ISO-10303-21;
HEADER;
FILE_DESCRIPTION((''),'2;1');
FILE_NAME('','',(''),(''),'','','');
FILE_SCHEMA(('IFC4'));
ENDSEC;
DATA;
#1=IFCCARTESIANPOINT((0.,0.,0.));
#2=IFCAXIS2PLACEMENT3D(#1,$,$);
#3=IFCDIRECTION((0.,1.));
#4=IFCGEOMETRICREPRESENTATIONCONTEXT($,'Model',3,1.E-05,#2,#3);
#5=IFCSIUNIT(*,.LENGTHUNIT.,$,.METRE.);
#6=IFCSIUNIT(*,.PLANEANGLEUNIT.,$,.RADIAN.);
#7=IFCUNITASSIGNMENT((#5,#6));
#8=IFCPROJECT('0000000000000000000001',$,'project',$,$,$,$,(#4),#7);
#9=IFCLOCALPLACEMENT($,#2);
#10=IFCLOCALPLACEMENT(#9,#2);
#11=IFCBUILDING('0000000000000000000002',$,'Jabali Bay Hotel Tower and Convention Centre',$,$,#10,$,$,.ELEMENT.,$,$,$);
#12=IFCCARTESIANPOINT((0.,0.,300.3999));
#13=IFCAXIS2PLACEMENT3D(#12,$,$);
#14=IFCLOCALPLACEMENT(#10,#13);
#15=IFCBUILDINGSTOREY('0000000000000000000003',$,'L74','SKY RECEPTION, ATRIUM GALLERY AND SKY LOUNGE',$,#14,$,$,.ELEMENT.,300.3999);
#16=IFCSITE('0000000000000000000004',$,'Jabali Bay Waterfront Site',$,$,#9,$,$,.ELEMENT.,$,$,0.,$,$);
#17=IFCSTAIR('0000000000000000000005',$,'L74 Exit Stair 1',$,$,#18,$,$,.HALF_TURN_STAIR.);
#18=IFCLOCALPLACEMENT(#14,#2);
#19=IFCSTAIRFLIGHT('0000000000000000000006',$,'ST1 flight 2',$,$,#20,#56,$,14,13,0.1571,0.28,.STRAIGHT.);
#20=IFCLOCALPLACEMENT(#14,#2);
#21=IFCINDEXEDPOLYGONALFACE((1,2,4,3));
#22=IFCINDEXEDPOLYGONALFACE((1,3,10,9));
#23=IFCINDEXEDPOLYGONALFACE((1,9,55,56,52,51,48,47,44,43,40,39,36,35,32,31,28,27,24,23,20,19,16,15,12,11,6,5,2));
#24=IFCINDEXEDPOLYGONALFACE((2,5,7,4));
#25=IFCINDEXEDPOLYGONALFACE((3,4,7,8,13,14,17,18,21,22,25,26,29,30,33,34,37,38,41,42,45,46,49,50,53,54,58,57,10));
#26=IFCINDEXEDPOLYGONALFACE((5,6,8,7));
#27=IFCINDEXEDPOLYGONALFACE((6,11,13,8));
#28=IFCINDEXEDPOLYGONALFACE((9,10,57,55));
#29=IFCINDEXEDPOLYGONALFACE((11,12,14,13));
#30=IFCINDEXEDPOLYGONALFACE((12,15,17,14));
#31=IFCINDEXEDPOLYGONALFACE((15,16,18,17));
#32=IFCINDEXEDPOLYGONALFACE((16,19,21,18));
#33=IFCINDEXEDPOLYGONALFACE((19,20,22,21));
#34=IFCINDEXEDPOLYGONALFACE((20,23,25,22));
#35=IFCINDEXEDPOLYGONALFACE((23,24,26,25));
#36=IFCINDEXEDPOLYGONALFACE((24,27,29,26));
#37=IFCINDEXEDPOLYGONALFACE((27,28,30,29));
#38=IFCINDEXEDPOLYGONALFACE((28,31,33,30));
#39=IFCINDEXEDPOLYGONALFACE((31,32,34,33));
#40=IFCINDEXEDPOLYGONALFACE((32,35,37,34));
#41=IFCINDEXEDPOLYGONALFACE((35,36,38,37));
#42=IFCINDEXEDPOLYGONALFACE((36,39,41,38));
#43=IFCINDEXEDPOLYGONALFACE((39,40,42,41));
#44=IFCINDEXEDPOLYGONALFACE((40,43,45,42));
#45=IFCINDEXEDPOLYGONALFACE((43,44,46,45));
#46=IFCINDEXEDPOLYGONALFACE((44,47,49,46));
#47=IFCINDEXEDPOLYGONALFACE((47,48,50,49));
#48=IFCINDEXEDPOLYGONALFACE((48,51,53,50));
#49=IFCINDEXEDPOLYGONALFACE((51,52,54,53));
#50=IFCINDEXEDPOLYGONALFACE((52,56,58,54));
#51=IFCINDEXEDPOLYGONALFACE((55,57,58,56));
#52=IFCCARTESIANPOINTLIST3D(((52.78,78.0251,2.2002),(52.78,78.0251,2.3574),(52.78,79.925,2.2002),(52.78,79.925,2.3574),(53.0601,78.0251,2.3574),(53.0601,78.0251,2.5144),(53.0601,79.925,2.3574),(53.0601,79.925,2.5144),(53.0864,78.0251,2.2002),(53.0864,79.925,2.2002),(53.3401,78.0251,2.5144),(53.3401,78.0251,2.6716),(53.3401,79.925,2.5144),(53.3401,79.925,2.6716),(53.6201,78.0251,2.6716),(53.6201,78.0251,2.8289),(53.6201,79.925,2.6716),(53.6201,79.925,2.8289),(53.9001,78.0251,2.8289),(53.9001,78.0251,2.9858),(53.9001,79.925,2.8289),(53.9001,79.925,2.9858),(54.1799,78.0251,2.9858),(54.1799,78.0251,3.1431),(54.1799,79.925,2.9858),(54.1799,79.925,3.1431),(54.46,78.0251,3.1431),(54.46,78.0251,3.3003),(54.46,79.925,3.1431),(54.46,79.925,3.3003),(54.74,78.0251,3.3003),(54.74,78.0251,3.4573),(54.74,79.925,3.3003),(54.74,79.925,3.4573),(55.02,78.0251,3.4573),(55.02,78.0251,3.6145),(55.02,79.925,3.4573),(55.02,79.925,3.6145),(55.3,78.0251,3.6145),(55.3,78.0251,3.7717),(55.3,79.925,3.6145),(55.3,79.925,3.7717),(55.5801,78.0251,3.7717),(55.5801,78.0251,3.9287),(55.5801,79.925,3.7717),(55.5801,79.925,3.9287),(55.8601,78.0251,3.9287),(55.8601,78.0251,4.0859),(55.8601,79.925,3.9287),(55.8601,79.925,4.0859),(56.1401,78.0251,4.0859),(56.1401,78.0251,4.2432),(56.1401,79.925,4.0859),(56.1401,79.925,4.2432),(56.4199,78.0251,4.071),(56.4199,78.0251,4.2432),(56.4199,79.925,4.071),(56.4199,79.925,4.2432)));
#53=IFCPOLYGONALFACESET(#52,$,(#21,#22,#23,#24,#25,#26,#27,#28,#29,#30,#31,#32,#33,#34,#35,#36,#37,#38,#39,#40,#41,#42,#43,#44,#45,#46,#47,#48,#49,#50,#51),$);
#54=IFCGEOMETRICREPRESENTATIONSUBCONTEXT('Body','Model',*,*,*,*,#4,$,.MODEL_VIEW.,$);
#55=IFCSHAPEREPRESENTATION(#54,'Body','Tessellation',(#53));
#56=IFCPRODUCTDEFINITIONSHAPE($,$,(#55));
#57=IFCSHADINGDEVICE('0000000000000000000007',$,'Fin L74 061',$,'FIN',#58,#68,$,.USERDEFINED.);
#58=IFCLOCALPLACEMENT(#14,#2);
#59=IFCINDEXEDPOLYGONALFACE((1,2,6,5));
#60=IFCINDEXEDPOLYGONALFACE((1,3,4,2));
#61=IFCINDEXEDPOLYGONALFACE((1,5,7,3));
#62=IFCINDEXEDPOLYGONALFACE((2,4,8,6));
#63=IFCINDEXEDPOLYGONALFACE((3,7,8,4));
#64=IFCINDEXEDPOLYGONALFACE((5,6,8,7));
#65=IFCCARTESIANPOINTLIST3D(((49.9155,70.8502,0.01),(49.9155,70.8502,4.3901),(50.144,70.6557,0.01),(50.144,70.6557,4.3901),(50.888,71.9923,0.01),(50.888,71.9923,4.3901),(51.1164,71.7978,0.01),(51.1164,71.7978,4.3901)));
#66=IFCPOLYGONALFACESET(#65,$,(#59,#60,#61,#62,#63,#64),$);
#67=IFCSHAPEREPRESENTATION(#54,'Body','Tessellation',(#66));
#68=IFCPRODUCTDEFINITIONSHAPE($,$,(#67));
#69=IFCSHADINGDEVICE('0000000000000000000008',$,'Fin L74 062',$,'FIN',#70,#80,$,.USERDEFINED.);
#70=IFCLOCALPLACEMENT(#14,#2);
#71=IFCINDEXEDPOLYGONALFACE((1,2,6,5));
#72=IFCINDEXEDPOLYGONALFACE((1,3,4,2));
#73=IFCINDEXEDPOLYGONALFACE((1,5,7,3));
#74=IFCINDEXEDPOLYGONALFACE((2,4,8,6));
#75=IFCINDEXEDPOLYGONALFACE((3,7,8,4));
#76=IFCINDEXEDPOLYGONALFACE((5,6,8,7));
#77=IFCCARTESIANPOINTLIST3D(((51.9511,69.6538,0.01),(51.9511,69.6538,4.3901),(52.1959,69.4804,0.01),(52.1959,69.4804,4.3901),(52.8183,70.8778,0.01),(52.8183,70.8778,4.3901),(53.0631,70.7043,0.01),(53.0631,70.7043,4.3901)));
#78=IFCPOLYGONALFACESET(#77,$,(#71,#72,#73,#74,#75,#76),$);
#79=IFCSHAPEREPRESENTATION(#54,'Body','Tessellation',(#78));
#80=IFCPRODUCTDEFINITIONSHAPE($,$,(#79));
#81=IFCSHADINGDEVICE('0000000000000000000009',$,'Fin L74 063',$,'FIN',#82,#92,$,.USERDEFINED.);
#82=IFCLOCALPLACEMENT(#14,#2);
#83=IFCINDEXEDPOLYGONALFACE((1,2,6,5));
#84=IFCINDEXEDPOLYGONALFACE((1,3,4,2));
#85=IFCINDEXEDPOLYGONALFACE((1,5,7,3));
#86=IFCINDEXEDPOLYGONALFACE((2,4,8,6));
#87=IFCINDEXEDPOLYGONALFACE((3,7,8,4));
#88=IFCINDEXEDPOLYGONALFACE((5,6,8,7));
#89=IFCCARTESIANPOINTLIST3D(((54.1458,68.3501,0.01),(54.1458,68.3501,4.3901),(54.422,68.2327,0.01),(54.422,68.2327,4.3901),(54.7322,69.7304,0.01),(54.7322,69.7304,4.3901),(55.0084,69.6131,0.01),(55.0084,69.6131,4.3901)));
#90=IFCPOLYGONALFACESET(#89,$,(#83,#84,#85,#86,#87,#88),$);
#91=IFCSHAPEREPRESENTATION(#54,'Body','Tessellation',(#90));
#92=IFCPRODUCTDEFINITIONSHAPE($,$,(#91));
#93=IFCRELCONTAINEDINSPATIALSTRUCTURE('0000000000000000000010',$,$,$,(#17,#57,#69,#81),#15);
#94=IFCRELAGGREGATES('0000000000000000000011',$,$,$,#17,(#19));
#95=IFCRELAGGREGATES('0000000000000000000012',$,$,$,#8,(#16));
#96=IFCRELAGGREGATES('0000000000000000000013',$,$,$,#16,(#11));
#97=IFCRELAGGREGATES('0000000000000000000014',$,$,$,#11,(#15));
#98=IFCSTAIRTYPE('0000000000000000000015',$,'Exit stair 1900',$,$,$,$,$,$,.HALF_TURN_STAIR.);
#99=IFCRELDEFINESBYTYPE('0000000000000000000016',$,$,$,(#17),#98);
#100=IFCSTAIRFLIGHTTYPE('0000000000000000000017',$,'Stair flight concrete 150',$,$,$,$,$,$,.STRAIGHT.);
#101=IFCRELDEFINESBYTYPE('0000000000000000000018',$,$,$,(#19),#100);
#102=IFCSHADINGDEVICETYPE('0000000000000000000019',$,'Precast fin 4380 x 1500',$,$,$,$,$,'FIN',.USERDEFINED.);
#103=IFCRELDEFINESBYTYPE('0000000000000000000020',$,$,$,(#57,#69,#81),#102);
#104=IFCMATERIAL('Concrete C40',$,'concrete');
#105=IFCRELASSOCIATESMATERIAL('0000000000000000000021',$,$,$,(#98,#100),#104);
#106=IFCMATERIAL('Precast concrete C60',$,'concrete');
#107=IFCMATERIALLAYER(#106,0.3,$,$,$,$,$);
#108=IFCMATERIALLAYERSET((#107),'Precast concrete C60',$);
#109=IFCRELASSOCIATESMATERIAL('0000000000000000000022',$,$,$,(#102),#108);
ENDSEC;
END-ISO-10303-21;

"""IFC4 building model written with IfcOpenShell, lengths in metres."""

from ifc_helpers import new_model, si_unit, direction, frame, frame_2d, origin, place, context, subcontext, project, spatial, polyline, rectangle, outline, extrude, material, layer, layer_set, type_object, element, aggregate, save


model = new_model("IFC4")

# Units and contexts
model_context = context("Model", 3, precision=1e-05, world=origin(), true_north=direction((0.0, 1.0)))
body_context = subcontext(model_context, "Body", "Model", "MODEL_VIEW")
ifc_project = project(units=[si_unit("LENGTHUNIT", "METRE"), si_unit("PLANEANGLEUNIT", "RADIAN")], contexts=[model_context])

# Site, building, storey
site_placement = place(None, origin())
site = spatial("IfcSite", under=ifc_project, at=site_placement, Name="Jabali Bay Waterfront Site", CompositionType="ELEMENT", RefElevation=0.0)
building_placement = place(site_placement, origin())
building = spatial("IfcBuilding", under=site, at=building_placement, Name="Jabali Bay Hotel Tower and Convention Centre", CompositionType="ELEMENT")
storey_placement = place(building_placement, frame((0.0, 0.0, 300.3999)))
storey = spatial("IfcBuildingStorey", under=building, at=storey_placement, Name="L74", Description="SKY RECEPTION, ATRIUM GALLERY AND SKY LOUNGE", CompositionType="ELEMENT", Elevation=300.3999)

# Shared definitions
ifc_material_1 = material(Name="Concrete C40", Category="concrete")

# Stair, stair flight
stair_type = type_object("IfcStairType", Name="Exit stair 1900", PredefinedType="HALF_TURN_STAIR", material=ifc_material_1)
stair_placement = place(storey_placement, origin())
stair = element("IfcStair", 1, at=stair_placement, inside=storey, type_object=stair_type, Name="L74 Exit Stair 1", PredefinedType="HALF_TURN_STAIR")
stair_flight_type = type_object("IfcStairFlightType", Name="Stair flight concrete 150", PredefinedType="STRAIGHT", material=ifc_material_1)
stair_flight_placement = place(storey_placement, frame((52.78, 78.9751, 2.2002), z_axis=(0.0, 0.0, 1.0), x_axis=(1.0, 0.0, 0.0)))
stair_flight = element("IfcStairFlight", 2, at=stair_flight_placement, type_object=stair_flight_type, Name="ST1 flight 2", NumberOfRisers=14, NumberOfTreads=13, PredefinedType="STRAIGHT", RiserHeight=0.1571, TreadLength=0.28, context=body_context, shape_type="SweptSolid", body=[
    extrude(outline(polyline([(0.0, 0.0), (0.0, 0.1572), (0.28, 0.1572), (0.28, 0.3142), (0.5601, 0.3142), (0.5601, 0.4714), (0.8401, 0.4714), (0.8401, 0.6287), (1.1201, 0.6287), (1.1201, 0.7856), (1.3999, 0.7856), (1.3999, 0.9429), (1.6799, 0.9429), (1.6799, 1.1001), (1.96, 1.1001), (1.96, 1.2571), (2.24, 1.2571), (2.24, 1.4143), (2.52, 1.4143), (2.52, 1.5715), (2.8, 1.5715), (2.8, 1.7285), (3.0801, 1.7285), (3.0801, 1.8857), (3.3601, 1.8857), (3.3601, 2.043), (3.6399, 2.043), (3.6399, 2.2), (3.6399, 1.8708), (0.3064, 0.0), (0.0, 0.0)])), frame((0.0, 0.95, 0.0), z_axis=(0.0, -1.0, 0.0), x_axis=(1.0, 0.0, 0.0)), (0.0, 0.0, 1.0), 1.8999),
])
aggregate(stair, [stair_flight])

# Shading devices
ifc_material_2 = material(Name="Precast concrete C60", Category="concrete")
ifc_layer_1 = layer(ifc_material_2, 0.3)
ifc_layer_set_1 = layer_set([ifc_layer_1], Name="Precast concrete C60")
shading_device_type = type_object("IfcShadingDeviceType", Name="Precast fin 4380 x 1500", ElementType="FIN", PredefinedType="USERDEFINED", material=ifc_layer_set_1)
for number, where, z_axis, x_axis, name in (
    (3, (51.0022, 71.895, 0.01), (0.0, 0.0, 1.0), (-0.648281, -0.761401, 0.0), "Fin L74 061"),
    (4, (52.9407, 70.791, 0.01), (0.0, 0.0, 1.0), (-0.578139, -0.815938, 0.0), "Fin L74 062"),
):
    element("IfcShadingDevice", number, at=place(storey_placement, frame(where, z_axis=z_axis, x_axis=x_axis)), inside=storey, type_object=shading_device_type, Name=name, ObjectType="FIN", PredefinedType="USERDEFINED", context=body_context, shape_type="SweptSolid", body=[
        extrude(rectangle(XDim=1.5, YDim=0.3, at=frame_2d((0.75, 0.0))), origin(), (0.0, 0.0, 1.0), 4.3801),
    ])
shading_device_placement = place(storey_placement, frame((54.8704, 69.6719, 0.01), z_axis=(0.0, 0.0, 1.0), x_axis=(-0.39101, -0.920387, 0.0)))
element("IfcShadingDevice", 5, at=shading_device_placement, inside=storey, type_object=shading_device_type, Name="Fin L74 063", ObjectType="FIN", PredefinedType="USERDEFINED", context=body_context, shape_type="SweptSolid", body=[
    extrude(rectangle(XDim=1.4998, YDim=0.3, at=frame_2d((0.75, 0.0))), origin(), (0.0, 0.0, 1.0), 4.3801),
])

save(model, "model.ifc")
